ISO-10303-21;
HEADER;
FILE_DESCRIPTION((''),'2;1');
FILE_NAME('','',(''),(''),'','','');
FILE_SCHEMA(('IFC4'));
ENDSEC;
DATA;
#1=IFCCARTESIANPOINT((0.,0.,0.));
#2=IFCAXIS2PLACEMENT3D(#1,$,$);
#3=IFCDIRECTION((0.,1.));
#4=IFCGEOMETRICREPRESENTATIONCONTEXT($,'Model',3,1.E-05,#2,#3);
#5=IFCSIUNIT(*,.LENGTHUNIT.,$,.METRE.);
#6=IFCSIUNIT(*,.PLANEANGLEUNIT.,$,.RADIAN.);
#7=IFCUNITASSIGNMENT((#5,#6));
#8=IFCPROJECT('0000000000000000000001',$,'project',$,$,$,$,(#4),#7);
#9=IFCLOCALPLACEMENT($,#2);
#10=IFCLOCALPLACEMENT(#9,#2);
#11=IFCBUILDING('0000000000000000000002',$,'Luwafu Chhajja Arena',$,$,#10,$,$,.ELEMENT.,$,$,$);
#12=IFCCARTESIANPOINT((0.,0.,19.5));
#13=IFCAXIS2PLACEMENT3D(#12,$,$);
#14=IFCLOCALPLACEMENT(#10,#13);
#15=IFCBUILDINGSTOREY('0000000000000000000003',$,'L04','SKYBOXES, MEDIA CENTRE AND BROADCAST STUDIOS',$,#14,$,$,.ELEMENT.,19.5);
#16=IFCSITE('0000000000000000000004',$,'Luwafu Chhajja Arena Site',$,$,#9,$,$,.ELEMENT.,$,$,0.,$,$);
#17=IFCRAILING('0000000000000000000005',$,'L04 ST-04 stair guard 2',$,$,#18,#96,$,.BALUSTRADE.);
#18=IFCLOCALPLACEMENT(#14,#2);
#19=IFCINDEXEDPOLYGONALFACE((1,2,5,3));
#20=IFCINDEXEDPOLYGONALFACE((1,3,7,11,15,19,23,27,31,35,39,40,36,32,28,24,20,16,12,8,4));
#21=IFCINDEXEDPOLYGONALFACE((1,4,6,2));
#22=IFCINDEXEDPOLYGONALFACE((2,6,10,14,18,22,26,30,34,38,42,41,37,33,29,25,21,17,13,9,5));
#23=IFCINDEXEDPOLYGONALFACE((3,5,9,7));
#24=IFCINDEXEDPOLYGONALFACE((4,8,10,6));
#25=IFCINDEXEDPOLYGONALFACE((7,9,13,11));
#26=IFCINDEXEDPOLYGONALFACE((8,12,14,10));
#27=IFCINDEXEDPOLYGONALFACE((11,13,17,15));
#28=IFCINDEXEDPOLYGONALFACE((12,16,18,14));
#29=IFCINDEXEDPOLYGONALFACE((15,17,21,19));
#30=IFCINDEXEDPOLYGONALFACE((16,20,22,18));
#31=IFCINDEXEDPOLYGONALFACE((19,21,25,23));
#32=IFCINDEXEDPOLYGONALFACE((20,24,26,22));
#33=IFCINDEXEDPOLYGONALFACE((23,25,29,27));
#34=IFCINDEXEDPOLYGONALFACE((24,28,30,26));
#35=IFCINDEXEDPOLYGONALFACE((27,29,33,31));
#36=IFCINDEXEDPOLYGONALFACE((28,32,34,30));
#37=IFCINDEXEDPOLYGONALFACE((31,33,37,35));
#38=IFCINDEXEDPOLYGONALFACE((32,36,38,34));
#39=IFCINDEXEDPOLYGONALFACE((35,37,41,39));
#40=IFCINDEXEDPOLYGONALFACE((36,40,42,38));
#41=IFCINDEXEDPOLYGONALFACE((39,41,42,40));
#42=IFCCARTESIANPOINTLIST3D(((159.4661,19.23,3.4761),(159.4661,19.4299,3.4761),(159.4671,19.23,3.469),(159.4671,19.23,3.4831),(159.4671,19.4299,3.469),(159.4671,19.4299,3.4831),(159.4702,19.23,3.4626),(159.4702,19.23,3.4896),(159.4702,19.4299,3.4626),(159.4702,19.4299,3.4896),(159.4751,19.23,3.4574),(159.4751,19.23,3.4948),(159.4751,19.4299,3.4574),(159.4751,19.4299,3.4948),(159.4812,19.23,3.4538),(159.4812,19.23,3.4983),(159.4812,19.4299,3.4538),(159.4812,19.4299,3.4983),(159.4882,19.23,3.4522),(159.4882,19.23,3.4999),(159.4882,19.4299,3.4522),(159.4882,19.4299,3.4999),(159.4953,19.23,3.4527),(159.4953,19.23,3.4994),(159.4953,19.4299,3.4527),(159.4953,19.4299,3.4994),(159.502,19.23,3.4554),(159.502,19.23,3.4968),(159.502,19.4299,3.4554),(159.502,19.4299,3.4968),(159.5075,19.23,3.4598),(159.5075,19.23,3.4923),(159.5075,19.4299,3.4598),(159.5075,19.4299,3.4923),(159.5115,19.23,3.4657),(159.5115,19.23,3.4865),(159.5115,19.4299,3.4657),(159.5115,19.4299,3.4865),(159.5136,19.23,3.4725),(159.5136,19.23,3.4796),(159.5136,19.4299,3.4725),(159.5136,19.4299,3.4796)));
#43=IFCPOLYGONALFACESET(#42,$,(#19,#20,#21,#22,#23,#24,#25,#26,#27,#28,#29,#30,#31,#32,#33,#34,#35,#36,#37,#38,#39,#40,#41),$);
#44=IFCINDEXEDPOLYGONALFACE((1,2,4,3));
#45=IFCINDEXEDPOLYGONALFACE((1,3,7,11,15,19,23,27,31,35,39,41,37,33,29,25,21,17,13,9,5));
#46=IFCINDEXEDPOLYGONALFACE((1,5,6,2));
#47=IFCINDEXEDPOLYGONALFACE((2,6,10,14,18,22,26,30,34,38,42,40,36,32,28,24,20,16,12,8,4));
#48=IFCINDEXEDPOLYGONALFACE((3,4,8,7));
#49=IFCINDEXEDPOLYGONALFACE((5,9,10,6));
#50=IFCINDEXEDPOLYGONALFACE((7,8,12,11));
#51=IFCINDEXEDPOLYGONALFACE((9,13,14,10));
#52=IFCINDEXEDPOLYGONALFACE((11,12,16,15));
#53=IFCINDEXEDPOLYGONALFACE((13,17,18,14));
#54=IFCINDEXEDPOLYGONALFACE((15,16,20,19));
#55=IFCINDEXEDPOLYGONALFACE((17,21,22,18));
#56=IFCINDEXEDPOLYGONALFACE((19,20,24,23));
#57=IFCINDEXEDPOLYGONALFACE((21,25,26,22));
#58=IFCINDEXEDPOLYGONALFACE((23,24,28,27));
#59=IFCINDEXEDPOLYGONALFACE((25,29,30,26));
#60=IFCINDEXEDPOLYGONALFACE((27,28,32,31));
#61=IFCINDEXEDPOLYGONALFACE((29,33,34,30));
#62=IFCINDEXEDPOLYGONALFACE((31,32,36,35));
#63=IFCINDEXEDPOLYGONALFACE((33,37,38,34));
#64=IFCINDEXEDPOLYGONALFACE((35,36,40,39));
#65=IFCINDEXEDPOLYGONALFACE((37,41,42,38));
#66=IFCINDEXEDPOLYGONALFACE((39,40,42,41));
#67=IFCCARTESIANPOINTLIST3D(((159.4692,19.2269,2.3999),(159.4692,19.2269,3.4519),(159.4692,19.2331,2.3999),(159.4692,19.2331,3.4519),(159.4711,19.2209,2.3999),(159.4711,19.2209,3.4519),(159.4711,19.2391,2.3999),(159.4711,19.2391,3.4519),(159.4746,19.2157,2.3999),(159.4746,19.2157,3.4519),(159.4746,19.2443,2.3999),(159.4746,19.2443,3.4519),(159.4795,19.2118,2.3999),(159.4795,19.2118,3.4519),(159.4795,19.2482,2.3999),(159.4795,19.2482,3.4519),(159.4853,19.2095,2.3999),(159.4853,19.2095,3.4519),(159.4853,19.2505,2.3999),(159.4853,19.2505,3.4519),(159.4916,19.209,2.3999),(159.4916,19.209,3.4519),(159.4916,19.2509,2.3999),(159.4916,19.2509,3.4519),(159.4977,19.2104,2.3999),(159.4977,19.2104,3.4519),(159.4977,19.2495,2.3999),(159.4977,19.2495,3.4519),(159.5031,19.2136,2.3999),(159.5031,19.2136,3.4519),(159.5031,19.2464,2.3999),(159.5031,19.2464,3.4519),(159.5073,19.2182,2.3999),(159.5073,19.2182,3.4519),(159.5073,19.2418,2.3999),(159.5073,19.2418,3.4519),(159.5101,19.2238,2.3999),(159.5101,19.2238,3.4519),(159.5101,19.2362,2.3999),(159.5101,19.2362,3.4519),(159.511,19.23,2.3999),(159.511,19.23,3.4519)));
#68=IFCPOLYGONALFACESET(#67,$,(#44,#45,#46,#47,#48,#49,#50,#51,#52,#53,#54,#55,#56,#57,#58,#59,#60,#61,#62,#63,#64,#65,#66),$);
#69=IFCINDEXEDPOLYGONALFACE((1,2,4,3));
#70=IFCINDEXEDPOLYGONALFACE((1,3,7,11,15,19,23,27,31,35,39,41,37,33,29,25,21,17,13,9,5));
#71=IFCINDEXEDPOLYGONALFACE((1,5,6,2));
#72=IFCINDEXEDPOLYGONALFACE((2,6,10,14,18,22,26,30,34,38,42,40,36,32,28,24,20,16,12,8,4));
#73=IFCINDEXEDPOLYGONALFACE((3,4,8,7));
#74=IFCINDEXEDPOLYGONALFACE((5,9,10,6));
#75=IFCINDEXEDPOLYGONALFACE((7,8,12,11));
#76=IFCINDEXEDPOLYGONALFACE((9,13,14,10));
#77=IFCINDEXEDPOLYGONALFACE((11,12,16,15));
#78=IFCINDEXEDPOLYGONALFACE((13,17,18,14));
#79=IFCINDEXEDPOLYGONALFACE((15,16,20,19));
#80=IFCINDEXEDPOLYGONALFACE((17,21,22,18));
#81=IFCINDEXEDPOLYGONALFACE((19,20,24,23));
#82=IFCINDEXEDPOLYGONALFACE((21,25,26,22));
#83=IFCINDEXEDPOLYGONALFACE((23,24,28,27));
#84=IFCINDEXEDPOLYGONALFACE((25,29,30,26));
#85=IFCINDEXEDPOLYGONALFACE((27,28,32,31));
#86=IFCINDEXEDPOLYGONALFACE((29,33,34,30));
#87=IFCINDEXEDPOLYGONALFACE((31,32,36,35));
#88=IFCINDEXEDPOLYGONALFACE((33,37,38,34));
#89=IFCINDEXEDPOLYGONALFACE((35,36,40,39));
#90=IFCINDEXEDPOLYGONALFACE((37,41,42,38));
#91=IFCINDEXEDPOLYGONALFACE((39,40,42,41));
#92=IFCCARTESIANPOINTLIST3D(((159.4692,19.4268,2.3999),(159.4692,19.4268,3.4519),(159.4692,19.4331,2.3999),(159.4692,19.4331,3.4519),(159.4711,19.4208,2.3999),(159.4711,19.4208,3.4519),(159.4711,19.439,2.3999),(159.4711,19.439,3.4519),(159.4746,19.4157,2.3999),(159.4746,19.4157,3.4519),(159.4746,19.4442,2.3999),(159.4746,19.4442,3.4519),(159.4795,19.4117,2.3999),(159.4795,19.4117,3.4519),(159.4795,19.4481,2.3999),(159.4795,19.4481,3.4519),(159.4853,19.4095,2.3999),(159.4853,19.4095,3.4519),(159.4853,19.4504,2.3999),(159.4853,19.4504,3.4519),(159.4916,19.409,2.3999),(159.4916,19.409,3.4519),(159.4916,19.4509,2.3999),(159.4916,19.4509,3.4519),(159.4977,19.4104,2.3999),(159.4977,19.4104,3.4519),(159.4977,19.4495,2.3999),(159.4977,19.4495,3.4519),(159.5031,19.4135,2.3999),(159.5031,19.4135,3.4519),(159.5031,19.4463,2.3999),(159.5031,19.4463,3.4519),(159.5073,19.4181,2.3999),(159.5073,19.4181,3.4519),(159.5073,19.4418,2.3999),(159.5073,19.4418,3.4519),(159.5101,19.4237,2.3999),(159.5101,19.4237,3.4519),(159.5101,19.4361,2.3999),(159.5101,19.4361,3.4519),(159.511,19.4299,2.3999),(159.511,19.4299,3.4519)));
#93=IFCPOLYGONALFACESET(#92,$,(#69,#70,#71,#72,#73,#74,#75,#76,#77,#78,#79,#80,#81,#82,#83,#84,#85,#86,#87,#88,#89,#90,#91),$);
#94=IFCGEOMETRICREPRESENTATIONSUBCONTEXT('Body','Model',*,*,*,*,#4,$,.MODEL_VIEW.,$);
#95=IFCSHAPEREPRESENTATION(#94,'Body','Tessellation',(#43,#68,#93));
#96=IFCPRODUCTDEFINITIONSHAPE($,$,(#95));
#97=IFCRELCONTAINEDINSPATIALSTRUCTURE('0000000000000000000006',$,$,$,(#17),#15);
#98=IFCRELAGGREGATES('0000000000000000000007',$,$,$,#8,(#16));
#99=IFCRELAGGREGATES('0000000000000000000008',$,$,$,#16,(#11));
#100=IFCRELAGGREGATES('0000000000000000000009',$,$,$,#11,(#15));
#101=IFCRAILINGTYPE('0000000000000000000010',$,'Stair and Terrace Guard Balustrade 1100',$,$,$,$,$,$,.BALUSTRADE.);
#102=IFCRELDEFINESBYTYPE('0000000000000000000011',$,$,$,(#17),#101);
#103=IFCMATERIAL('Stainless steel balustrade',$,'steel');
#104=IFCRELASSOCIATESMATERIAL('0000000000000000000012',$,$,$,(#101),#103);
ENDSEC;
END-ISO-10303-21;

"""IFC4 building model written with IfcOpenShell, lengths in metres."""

from ifc_helpers import new_model, si_unit, direction, frame, origin, origin_2d, place, context, subcontext, project, spatial, circle, extrude, material, type_object, element, save


model = new_model("IFC4")

# Units and contexts
model_context = context("Model", 3, precision=1e-05, world=origin(), true_north=direction((0.0, 1.0)))
body_context = subcontext(model_context, "Body", "Model", "MODEL_VIEW")
ifc_project = project(units=[si_unit("LENGTHUNIT", "METRE"), si_unit("PLANEANGLEUNIT", "RADIAN")], contexts=[model_context])

# Site, building, storey
site_placement = place(None, origin())
site = spatial("IfcSite", under=ifc_project, at=site_placement, Name="Luwafu Chhajja Arena Site", CompositionType="ELEMENT", RefElevation=0.0)
building_placement = place(site_placement, origin())
building = spatial("IfcBuilding", under=site, at=building_placement, Name="Luwafu Chhajja Arena", CompositionType="ELEMENT")
storey_placement = place(building_placement, frame((0.0, 0.0, 19.5)))
storey = spatial("IfcBuildingStorey", under=building, at=storey_placement, Name="L04", Description="SKYBOXES, MEDIA CENTRE AND BROADCAST STUDIOS", CompositionType="ELEMENT", Elevation=19.5)

# Railing
ifc_material_1 = material(Name="Stainless steel balustrade", Category="steel")
railing_type_1 = type_object("IfcRailingType", Name="Stair and Terrace Guard Balustrade 1100", PredefinedType="BALUSTRADE", material=ifc_material_1)
railing_1_placement = place(storey_placement, frame((159.49, 19.23, 2.3999)))
element("IfcRailing", 1, at=railing_1_placement, inside=storey, type_object=railing_type_1, Name="L04 ST-04 stair guard 2", PredefinedType="BALUSTRADE", context=body_context, shape_type="SweptSolid", body=[
    extrude(circle(Radius=0.0239, at=origin_2d()), frame((0.0, 0.0, 1.0762), z_axis=(0.0, 1.0, 0.0), x_axis=(-1.0, 0.0, 0.0)), (0.0, 0.0, 1.0), 0.2),
    extrude(circle(Radius=0.021, at=origin_2d()), origin(), (0.0, 0.0, 1.0), 1.052),
    extrude(circle(Radius=0.021, at=origin_2d()), frame((0.0, 0.2, 0.0)), (0.0, 0.0, 1.0), 1.052),
])

save(model, "model.ifc")
